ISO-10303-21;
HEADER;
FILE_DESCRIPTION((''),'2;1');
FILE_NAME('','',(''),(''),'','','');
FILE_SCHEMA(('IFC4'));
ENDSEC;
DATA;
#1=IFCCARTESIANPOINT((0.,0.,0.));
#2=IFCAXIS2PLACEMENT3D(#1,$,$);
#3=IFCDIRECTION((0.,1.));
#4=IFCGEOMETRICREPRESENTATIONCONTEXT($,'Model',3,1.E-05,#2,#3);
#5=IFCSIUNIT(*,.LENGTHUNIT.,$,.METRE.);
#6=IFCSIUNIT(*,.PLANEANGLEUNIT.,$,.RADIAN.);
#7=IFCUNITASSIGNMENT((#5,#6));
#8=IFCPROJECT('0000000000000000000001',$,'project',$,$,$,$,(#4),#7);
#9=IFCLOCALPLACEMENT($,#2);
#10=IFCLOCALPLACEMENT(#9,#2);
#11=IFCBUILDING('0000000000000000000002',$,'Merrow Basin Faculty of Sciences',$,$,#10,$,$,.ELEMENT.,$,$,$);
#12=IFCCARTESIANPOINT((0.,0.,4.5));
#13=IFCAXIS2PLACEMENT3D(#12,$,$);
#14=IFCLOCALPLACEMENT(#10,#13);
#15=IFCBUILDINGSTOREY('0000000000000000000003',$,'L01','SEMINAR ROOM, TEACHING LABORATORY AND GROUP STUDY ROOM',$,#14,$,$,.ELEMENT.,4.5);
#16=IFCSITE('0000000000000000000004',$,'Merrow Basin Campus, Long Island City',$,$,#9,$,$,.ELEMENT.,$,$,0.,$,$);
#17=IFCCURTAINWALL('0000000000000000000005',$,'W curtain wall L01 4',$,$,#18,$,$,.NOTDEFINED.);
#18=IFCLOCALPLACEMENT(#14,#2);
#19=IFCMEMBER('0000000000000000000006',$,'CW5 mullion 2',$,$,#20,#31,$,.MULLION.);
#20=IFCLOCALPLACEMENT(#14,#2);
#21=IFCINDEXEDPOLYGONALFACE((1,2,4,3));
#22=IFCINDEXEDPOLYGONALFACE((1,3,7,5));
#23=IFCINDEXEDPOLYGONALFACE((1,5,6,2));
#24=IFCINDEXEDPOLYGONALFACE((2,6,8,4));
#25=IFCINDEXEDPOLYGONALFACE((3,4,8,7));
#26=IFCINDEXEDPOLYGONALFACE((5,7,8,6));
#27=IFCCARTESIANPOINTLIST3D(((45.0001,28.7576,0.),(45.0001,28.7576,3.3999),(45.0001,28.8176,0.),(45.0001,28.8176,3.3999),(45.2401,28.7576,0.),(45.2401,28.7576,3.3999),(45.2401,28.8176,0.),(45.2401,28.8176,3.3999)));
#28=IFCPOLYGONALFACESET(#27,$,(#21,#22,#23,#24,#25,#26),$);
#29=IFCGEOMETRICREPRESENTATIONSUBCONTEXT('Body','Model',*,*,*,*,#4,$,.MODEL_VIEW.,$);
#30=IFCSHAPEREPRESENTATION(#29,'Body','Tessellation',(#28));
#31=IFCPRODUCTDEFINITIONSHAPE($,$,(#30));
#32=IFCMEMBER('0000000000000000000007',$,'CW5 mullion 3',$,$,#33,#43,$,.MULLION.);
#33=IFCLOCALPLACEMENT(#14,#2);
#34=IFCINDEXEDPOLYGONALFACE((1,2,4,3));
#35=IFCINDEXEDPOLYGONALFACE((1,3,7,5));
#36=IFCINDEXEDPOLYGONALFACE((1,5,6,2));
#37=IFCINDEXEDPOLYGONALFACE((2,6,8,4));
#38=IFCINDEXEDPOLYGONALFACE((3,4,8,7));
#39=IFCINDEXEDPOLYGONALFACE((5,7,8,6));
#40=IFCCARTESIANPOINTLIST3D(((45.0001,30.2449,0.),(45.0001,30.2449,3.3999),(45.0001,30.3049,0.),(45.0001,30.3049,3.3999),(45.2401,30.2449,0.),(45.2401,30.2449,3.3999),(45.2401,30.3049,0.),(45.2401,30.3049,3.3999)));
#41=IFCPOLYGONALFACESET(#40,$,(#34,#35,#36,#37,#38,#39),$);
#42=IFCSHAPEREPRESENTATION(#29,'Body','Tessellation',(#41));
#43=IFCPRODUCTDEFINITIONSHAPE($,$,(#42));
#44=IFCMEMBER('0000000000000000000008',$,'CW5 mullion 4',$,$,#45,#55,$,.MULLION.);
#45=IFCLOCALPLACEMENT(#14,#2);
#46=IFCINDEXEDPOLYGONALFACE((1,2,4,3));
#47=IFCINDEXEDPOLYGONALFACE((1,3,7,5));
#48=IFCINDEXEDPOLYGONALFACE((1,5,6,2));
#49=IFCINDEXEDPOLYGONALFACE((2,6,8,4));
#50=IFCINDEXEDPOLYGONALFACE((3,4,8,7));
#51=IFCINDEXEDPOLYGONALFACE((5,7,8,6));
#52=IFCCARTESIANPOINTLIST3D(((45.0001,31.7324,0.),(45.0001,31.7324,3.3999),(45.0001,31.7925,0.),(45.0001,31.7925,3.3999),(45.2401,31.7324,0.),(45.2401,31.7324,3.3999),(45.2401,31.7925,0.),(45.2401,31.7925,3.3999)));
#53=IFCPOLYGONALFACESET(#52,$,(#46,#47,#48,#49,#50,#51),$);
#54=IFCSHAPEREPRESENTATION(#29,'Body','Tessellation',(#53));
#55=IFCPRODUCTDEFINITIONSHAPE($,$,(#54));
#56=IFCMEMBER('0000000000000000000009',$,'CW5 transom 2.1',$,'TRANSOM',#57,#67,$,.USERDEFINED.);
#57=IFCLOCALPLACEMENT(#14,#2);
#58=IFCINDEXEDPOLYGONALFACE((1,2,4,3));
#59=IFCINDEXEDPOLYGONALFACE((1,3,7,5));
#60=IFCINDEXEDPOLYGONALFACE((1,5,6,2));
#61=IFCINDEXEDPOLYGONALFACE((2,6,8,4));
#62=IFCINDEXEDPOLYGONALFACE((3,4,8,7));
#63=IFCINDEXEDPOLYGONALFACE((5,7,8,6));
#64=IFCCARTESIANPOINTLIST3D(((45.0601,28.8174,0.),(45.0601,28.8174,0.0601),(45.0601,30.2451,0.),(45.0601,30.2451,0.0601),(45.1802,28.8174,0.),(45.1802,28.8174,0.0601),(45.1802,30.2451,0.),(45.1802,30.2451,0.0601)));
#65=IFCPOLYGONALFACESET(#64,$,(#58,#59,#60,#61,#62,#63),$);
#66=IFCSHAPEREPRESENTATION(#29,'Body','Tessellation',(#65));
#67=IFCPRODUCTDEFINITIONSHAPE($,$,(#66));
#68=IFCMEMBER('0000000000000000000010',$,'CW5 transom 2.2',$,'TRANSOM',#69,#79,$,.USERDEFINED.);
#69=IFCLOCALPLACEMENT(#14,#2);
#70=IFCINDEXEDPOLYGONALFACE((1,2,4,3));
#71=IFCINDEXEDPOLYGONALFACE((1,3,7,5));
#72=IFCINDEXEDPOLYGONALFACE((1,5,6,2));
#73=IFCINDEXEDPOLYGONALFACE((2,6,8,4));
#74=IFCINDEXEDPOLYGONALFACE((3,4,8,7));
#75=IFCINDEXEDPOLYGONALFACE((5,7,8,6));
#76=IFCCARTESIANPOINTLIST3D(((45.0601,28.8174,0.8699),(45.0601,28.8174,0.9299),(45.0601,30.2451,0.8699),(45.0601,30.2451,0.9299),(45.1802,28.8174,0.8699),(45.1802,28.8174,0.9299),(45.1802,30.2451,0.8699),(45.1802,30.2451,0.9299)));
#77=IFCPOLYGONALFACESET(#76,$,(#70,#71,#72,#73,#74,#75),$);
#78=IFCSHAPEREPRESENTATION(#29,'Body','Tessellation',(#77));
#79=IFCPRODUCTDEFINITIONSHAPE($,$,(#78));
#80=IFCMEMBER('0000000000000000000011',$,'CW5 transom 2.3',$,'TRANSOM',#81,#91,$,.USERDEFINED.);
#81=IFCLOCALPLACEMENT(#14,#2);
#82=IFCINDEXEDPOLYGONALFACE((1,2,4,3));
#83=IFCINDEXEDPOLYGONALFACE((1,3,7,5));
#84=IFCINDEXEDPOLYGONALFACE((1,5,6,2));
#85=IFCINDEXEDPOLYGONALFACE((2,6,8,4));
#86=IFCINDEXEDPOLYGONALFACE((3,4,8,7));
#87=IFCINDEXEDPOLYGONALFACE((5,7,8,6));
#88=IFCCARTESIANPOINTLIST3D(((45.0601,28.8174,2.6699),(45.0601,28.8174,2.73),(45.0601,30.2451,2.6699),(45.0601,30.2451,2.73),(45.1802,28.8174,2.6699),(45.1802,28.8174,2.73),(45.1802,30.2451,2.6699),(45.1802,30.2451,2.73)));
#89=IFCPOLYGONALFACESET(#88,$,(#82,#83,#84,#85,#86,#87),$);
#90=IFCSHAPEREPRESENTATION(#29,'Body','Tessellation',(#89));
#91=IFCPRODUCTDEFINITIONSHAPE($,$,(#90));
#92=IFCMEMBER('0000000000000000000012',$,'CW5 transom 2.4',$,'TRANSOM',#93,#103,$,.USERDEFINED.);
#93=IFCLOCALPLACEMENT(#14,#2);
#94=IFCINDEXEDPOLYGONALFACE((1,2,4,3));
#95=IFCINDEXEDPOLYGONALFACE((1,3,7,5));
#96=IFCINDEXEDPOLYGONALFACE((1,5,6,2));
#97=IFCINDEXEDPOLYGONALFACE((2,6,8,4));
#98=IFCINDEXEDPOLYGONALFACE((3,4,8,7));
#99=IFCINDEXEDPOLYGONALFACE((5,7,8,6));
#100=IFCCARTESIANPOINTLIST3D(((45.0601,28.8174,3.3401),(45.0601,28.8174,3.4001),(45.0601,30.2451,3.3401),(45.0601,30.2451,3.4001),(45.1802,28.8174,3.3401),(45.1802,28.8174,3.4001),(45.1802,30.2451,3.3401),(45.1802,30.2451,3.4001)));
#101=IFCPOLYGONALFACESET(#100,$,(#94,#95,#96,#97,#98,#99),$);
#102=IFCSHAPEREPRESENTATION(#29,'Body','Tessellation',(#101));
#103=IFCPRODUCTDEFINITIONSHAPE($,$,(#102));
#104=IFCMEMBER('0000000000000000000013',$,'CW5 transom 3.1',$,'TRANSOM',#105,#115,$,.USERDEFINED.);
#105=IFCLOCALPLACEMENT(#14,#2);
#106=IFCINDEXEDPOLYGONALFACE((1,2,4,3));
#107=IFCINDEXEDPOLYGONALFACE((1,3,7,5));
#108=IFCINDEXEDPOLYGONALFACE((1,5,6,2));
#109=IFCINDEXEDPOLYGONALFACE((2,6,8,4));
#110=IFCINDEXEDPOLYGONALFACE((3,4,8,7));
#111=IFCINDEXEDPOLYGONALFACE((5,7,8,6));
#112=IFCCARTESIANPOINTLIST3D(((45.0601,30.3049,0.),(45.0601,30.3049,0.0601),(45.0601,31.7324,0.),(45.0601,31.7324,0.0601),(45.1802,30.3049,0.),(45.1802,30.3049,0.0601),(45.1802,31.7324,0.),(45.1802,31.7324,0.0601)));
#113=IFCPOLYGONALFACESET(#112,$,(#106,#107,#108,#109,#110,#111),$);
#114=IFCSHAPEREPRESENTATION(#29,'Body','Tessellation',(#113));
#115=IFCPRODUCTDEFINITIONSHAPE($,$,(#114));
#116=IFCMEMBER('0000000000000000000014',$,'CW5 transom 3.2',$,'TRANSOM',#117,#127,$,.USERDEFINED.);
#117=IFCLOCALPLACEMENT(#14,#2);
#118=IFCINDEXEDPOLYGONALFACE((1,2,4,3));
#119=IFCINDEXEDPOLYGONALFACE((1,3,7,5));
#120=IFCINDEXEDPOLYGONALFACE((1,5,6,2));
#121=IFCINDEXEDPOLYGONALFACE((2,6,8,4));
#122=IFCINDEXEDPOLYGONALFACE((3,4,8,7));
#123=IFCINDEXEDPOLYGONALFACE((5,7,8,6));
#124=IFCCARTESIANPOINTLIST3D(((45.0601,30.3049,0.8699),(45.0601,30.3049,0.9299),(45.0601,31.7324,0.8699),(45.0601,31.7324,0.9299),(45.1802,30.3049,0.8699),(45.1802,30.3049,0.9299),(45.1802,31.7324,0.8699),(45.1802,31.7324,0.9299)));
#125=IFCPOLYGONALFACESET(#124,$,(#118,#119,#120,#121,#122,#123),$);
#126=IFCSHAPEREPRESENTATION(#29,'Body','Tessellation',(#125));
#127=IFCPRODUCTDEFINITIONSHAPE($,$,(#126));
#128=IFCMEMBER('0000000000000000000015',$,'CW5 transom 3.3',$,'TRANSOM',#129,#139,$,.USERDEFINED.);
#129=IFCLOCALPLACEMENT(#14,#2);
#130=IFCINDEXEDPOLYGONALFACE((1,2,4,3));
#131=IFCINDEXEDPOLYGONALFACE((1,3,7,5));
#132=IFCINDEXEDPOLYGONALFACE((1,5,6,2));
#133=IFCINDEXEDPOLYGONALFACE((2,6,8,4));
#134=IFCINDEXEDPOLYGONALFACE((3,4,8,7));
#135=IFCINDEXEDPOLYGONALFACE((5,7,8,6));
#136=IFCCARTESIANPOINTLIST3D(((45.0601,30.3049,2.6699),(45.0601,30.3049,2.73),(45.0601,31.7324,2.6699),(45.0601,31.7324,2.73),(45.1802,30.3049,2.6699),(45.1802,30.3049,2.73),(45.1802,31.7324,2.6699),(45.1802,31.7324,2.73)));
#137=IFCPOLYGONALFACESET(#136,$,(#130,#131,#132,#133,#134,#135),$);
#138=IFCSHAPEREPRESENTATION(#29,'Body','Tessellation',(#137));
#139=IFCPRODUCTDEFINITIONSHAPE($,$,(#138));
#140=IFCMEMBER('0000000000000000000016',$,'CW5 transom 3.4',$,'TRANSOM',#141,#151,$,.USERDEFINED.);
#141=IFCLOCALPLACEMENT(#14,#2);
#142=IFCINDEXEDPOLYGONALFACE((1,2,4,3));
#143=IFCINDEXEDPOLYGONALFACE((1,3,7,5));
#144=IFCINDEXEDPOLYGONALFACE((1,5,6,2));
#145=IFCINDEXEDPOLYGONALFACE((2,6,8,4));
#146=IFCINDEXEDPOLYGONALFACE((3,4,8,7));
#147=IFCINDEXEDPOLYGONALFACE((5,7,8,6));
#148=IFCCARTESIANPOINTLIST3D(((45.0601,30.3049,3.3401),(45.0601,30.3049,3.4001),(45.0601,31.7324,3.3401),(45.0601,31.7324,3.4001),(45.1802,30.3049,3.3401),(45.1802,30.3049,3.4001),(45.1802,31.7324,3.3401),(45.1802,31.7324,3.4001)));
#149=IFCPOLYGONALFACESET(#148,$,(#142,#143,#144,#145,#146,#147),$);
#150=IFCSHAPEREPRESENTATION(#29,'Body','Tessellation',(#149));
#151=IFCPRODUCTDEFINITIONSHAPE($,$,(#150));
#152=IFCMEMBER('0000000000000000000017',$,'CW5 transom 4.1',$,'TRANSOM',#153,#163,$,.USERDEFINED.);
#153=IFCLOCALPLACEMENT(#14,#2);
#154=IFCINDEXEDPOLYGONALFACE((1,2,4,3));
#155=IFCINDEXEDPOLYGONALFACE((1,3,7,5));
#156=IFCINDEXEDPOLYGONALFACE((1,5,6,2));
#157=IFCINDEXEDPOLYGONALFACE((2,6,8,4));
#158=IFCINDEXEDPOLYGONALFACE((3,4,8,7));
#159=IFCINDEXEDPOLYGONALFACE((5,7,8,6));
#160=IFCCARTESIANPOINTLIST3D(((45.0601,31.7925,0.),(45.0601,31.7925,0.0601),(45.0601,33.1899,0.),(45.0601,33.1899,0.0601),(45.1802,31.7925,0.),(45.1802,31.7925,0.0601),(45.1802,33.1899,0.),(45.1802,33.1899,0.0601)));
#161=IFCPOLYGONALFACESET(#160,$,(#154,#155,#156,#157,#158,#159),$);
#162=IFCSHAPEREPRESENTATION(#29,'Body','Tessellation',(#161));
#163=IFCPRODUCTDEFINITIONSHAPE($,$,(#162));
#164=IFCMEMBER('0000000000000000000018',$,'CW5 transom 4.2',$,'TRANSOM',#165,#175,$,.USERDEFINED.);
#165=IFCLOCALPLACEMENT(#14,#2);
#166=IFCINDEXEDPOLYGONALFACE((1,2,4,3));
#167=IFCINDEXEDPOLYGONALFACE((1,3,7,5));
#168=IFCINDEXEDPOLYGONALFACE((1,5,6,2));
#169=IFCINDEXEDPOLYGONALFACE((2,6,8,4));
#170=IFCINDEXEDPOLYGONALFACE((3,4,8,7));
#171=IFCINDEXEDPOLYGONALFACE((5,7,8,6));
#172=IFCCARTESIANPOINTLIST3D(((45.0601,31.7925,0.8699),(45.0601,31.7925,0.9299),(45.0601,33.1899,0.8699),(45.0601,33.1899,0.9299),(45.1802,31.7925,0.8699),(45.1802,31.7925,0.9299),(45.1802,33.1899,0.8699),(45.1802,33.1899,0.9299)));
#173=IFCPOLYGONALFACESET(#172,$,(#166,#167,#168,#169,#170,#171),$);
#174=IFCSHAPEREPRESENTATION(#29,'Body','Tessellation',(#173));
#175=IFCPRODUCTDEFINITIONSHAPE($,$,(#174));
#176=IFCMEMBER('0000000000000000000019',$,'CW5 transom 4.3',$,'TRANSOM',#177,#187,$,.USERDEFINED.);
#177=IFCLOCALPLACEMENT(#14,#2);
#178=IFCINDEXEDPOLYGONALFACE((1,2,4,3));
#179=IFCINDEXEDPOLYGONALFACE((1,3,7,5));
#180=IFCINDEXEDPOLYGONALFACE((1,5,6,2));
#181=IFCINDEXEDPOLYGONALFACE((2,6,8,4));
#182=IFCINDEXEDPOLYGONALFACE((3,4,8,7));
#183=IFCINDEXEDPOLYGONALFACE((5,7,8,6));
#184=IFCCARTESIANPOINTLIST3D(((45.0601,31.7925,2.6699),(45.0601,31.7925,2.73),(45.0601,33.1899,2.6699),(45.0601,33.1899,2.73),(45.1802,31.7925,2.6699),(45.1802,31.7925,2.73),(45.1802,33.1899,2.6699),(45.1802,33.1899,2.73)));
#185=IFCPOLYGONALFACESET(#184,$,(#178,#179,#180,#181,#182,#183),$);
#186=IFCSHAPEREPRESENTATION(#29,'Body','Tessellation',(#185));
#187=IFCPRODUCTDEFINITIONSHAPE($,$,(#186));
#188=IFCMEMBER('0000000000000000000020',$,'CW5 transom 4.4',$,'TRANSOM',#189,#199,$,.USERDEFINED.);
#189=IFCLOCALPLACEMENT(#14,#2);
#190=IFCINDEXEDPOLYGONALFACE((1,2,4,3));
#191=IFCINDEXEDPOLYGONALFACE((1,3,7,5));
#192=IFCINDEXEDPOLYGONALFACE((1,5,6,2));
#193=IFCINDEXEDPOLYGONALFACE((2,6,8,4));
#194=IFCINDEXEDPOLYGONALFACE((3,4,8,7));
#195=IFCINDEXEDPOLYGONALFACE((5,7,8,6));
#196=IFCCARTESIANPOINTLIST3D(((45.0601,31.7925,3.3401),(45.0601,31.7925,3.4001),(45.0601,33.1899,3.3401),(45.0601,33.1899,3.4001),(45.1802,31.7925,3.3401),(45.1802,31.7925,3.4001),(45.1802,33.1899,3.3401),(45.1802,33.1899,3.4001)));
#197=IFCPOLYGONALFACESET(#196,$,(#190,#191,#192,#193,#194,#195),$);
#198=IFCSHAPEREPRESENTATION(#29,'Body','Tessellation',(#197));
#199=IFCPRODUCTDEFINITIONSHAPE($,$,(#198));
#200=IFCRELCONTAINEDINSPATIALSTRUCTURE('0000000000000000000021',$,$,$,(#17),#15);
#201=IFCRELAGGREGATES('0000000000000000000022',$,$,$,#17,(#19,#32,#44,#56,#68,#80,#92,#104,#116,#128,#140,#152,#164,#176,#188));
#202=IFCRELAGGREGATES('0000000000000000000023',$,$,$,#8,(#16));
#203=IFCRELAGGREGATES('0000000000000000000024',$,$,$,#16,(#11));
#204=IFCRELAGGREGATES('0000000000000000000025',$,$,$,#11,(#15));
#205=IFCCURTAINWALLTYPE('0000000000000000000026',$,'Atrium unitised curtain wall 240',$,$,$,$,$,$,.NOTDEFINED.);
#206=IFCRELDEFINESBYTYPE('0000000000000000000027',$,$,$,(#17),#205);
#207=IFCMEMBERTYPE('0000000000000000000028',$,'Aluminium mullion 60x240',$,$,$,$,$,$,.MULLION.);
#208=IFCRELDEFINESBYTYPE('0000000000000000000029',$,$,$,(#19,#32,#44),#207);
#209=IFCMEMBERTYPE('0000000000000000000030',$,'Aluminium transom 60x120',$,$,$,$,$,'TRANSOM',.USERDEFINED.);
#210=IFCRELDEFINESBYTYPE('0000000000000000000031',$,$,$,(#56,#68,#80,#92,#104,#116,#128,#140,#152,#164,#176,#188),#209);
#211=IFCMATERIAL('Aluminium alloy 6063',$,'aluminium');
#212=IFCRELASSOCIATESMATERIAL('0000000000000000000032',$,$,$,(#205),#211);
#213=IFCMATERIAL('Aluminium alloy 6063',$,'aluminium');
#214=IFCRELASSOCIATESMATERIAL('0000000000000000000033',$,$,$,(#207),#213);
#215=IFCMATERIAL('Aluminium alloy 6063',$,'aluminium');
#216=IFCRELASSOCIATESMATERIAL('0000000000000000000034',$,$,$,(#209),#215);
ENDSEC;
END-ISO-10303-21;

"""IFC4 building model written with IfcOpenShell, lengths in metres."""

from ifc_helpers import new_model, si_unit, direction, frame, origin, origin_2d, place, context, subcontext, project, spatial, rectangle, extrude, material, material_profile, profile_set, type_object, element, aggregate, save


model = new_model("IFC4")

# Units and contexts
model_context = context("Model", 3, precision=1e-05, world=origin(), true_north=direction((0.0, 1.0)))
body_context = subcontext(model_context, "Body", "Model", "MODEL_VIEW")
ifc_project = project(units=[si_unit("LENGTHUNIT", "METRE"), si_unit("PLANEANGLEUNIT", "RADIAN")], contexts=[model_context])

# Site, building, storey
site_placement = place(None, origin())
site = spatial("IfcSite", under=ifc_project, at=site_placement, Name="Merrow Basin Campus, Long Island City", CompositionType="ELEMENT", RefElevation=0.0)
building_placement = place(site_placement, origin())
building = spatial("IfcBuilding", under=site, at=building_placement, Name="Merrow Basin Faculty of Sciences", CompositionType="ELEMENT")
storey_placement = place(building_placement, frame((0.0, 0.0, 4.5)))
storey = spatial("IfcBuildingStorey", under=building, at=storey_placement, Name="L01", Description="SEMINAR ROOM, TEACHING LABORATORY AND GROUP STUDY ROOM", CompositionType="ELEMENT", Elevation=4.5)

# Curtain wall, members
ifc_material_1 = material(Name="Aluminium alloy 6063", Category="aluminium")
curtain_wall_type = type_object("IfcCurtainWallType", Name="Atrium unitised curtain wall 240", PredefinedType="NOTDEFINED", material=ifc_material_1)
curtain_wall_placement = place(storey_placement, origin())
curtain_wall = element("IfcCurtainWall", 1, at=curtain_wall_placement, inside=storey, type_object=curtain_wall_type, Name="W curtain wall L01 4", PredefinedType="NOTDEFINED")
ifc_material_2 = material(Name="Aluminium alloy 6063", Category="aluminium")
ifc_material_profile_1 = material_profile(ifc_material_2, rectangle(XDim=0.24, YDim=0.0601, at=origin_2d()))
ifc_profile_set_1 = profile_set([ifc_material_profile_1], Name="Aluminium alloy 6063")
member_type_1 = type_object("IfcMemberType", Name="Aluminium mullion 60x240", PredefinedType="MULLION", material=ifc_profile_set_1)
member_1_placement = place(storey_placement, frame((45.1201, 28.7876, 0.0), z_axis=(0.0, 0.0, 1.0), x_axis=(-1.0, 0.0, 0.0)))
member_1 = element("IfcMember", 2, at=member_1_placement, type_object=member_type_1, Name="CW5 mullion 2", PredefinedType="MULLION", context=body_context, shape_type="SweptSolid", body=[
    extrude(rectangle(XDim=0.24, YDim=0.0601, at=origin_2d()), origin(), (0.0, 0.0, 1.0), 3.3999),
])
member_2_placement = place(storey_placement, frame((45.1201, 30.2749, 0.0), z_axis=(0.0, 0.0, 1.0), x_axis=(-1.0, 0.0, 0.0)))
member_2 = element("IfcMember", 3, at=member_2_placement, type_object=member_type_1, Name="CW5 mullion 3", PredefinedType="MULLION", context=body_context, shape_type="SweptSolid", body=[
    extrude(rectangle(XDim=0.24, YDim=0.0601, at=origin_2d()), origin(), (0.0, 0.0, 1.0), 3.3999),
])
member_3_placement = place(storey_placement, frame((45.1201, 31.7625, 0.0), z_axis=(0.0, 0.0, 1.0), x_axis=(-1.0, 0.0, 0.0)))
member_3 = element("IfcMember", 4, at=member_3_placement, type_object=member_type_1, Name="CW5 mullion 4", PredefinedType="MULLION", context=body_context, shape_type="SweptSolid", body=[
    extrude(rectangle(XDim=0.24, YDim=0.0601, at=origin_2d()), origin(), (0.0, 0.0, 1.0), 3.3999),
])
ifc_material_3 = material(Name="Aluminium alloy 6063", Category="aluminium")
ifc_material_profile_2 = material_profile(ifc_material_3, rectangle(XDim=0.1201, YDim=0.0601, at=origin_2d()))
ifc_profile_set_2 = profile_set([ifc_material_profile_2], Name="Aluminium alloy 6063")
member_type_2 = type_object("IfcMemberType", Name="Aluminium transom 60x120", ElementType="TRANSOM", PredefinedType="USERDEFINED", material=ifc_profile_set_2)
member_4_placement = place(storey_placement, frame((45.1201, 28.8174, 0.03), z_axis=(0.0, 1.0, 0.0), x_axis=(-1.0, 0.0, 0.0)))
member_4 = element("IfcMember", 5, at=member_4_placement, type_object=member_type_2, Name="CW5 transom 2.1", ObjectType="TRANSOM", PredefinedType="USERDEFINED", context=body_context, shape_type="SweptSolid", body=[
    extrude(rectangle(XDim=0.1201, YDim=0.0601, at=origin_2d()), origin(), (0.0, 0.0, 1.0), 1.4277),
])
member_5_placement = place(storey_placement, frame((45.1201, 28.8174, 0.8999), z_axis=(0.0, 1.0, 0.0), x_axis=(-1.0, 0.0, 0.0)))
member_5 = element("IfcMember", 6, at=member_5_placement, type_object=member_type_2, Name="CW5 transom 2.2", ObjectType="TRANSOM", PredefinedType="USERDEFINED", context=body_context, shape_type="SweptSolid", body=[
    extrude(rectangle(XDim=0.1201, YDim=0.0601, at=origin_2d()), origin(), (0.0, 0.0, 1.0), 1.4277),
])
member_6_placement = place(storey_placement, frame((45.1201, 28.8174, 2.7), z_axis=(0.0, 1.0, 0.0), x_axis=(-1.0, 0.0, 0.0)))
member_6 = element("IfcMember", 7, at=member_6_placement, type_object=member_type_2, Name="CW5 transom 2.3", ObjectType="TRANSOM", PredefinedType="USERDEFINED", context=body_context, shape_type="SweptSolid", body=[
    extrude(rectangle(XDim=0.1201, YDim=0.0601, at=origin_2d()), origin(), (0.0, 0.0, 1.0), 1.4277),
])
member_7_placement = place(storey_placement, frame((45.1201, 28.8174, 3.3701), z_axis=(0.0, 1.0, 0.0), x_axis=(-1.0, 0.0, 0.0)))
member_7 = element("IfcMember", 8, at=member_7_placement, type_object=member_type_2, Name="CW5 transom 2.4", ObjectType="TRANSOM", PredefinedType="USERDEFINED", context=body_context, shape_type="SweptSolid", body=[
    extrude(rectangle(XDim=0.1201, YDim=0.0601, at=origin_2d()), origin(), (0.0, 0.0, 1.0), 1.4277),
])
member_8_placement = place(storey_placement, frame((45.1201, 30.3049, 0.03), z_axis=(0.0, 1.0, 0.0), x_axis=(-1.0, 0.0, 0.0)))
member_8 = element("IfcMember", 9, at=member_8_placement, type_object=member_type_2, Name="CW5 transom 3.1", ObjectType="TRANSOM", PredefinedType="USERDEFINED", context=body_context, shape_type="SweptSolid", body=[
    extrude(rectangle(XDim=0.1201, YDim=0.0601, at=origin_2d()), origin(), (0.0, 0.0, 1.0), 1.4275),
])
member_9_placement = place(storey_placement, frame((45.1201, 30.3049, 0.8999), z_axis=(0.0, 1.0, 0.0), x_axis=(-1.0, 0.0, 0.0)))
member_9 = element("IfcMember", 10, at=member_9_placement, type_object=member_type_2, Name="CW5 transom 3.2", ObjectType="TRANSOM", PredefinedType="USERDEFINED", context=body_context, shape_type="SweptSolid", body=[
    extrude(rectangle(XDim=0.1201, YDim=0.0601, at=origin_2d()), origin(), (0.0, 0.0, 1.0), 1.4275),
])
member_10_placement = place(storey_placement, frame((45.1201, 30.3049, 2.7), z_axis=(0.0, 1.0, 0.0), x_axis=(-1.0, 0.0, 0.0)))
member_10 = element("IfcMember", 11, at=member_10_placement, type_object=member_type_2, Name="CW5 transom 3.3", ObjectType="TRANSOM", PredefinedType="USERDEFINED", context=body_context, shape_type="SweptSolid", body=[
    extrude(rectangle(XDim=0.1201, YDim=0.0601, at=origin_2d()), origin(), (0.0, 0.0, 1.0), 1.4275),
])
member_11_placement = place(storey_placement, frame((45.1201, 30.3049, 3.3701), z_axis=(0.0, 1.0, 0.0), x_axis=(-1.0, 0.0, 0.0)))
member_11 = element("IfcMember", 12, at=member_11_placement, type_object=member_type_2, Name="CW5 transom 3.4", ObjectType="TRANSOM", PredefinedType="USERDEFINED", context=body_context, shape_type="SweptSolid", body=[
    extrude(rectangle(XDim=0.1201, YDim=0.0601, at=origin_2d()), origin(), (0.0, 0.0, 1.0), 1.4275),
])
member_12_placement = place(storey_placement, frame((45.1201, 31.7925, 0.03), z_axis=(0.0, 1.0, 0.0), x_axis=(-1.0, 0.0, 0.0)))
member_12 = element("IfcMember", 13, at=member_12_placement, type_object=member_type_2, Name="CW5 transom 4.1", ObjectType="TRANSOM", PredefinedType="USERDEFINED", context=body_context, shape_type="SweptSolid", body=[
    extrude(rectangle(XDim=0.1201, YDim=0.0601, at=origin_2d()), origin(), (0.0, 0.0, 1.0), 1.3975),
])
member_13_placement = place(storey_placement, frame((45.1201, 31.7925, 0.8999), z_axis=(0.0, 1.0, 0.0), x_axis=(-1.0, 0.0, 0.0)))
member_13 = element("IfcMember", 14, at=member_13_placement, type_object=member_type_2, Name="CW5 transom 4.2", ObjectType="TRANSOM", PredefinedType="USERDEFINED", context=body_context, shape_type="SweptSolid", body=[
    extrude(rectangle(XDim=0.1201, YDim=0.0601, at=origin_2d()), origin(), (0.0, 0.0, 1.0), 1.3975),
])
member_14_placement = place(storey_placement, frame((45.1201, 31.7925, 2.7), z_axis=(0.0, 1.0, 0.0), x_axis=(-1.0, 0.0, 0.0)))
member_14 = element("IfcMember", 15, at=member_14_placement, type_object=member_type_2, Name="CW5 transom 4.3", ObjectType="TRANSOM", PredefinedType="USERDEFINED", context=body_context, shape_type="SweptSolid", body=[
    extrude(rectangle(XDim=0.1201, YDim=0.0601, at=origin_2d()), origin(), (0.0, 0.0, 1.0), 1.3975),
])
member_15_placement = place(storey_placement, frame((45.1201, 31.7925, 3.3701), z_axis=(0.0, 1.0, 0.0), x_axis=(-1.0, 0.0, 0.0)))
member_15 = element("IfcMember", 16, at=member_15_placement, type_object=member_type_2, Name="CW5 transom 4.4", ObjectType="TRANSOM", PredefinedType="USERDEFINED", context=body_context, shape_type="SweptSolid", body=[
    extrude(rectangle(XDim=0.1201, YDim=0.0601, at=origin_2d()), origin(), (0.0, 0.0, 1.0), 1.3975),
])

aggregate(curtain_wall, [member_1, member_2, member_3, member_4, member_5, member_6, member_7, member_8, member_9, member_10, member_11, member_12, member_13, member_14, member_15])

save(model, "model.ifc")
